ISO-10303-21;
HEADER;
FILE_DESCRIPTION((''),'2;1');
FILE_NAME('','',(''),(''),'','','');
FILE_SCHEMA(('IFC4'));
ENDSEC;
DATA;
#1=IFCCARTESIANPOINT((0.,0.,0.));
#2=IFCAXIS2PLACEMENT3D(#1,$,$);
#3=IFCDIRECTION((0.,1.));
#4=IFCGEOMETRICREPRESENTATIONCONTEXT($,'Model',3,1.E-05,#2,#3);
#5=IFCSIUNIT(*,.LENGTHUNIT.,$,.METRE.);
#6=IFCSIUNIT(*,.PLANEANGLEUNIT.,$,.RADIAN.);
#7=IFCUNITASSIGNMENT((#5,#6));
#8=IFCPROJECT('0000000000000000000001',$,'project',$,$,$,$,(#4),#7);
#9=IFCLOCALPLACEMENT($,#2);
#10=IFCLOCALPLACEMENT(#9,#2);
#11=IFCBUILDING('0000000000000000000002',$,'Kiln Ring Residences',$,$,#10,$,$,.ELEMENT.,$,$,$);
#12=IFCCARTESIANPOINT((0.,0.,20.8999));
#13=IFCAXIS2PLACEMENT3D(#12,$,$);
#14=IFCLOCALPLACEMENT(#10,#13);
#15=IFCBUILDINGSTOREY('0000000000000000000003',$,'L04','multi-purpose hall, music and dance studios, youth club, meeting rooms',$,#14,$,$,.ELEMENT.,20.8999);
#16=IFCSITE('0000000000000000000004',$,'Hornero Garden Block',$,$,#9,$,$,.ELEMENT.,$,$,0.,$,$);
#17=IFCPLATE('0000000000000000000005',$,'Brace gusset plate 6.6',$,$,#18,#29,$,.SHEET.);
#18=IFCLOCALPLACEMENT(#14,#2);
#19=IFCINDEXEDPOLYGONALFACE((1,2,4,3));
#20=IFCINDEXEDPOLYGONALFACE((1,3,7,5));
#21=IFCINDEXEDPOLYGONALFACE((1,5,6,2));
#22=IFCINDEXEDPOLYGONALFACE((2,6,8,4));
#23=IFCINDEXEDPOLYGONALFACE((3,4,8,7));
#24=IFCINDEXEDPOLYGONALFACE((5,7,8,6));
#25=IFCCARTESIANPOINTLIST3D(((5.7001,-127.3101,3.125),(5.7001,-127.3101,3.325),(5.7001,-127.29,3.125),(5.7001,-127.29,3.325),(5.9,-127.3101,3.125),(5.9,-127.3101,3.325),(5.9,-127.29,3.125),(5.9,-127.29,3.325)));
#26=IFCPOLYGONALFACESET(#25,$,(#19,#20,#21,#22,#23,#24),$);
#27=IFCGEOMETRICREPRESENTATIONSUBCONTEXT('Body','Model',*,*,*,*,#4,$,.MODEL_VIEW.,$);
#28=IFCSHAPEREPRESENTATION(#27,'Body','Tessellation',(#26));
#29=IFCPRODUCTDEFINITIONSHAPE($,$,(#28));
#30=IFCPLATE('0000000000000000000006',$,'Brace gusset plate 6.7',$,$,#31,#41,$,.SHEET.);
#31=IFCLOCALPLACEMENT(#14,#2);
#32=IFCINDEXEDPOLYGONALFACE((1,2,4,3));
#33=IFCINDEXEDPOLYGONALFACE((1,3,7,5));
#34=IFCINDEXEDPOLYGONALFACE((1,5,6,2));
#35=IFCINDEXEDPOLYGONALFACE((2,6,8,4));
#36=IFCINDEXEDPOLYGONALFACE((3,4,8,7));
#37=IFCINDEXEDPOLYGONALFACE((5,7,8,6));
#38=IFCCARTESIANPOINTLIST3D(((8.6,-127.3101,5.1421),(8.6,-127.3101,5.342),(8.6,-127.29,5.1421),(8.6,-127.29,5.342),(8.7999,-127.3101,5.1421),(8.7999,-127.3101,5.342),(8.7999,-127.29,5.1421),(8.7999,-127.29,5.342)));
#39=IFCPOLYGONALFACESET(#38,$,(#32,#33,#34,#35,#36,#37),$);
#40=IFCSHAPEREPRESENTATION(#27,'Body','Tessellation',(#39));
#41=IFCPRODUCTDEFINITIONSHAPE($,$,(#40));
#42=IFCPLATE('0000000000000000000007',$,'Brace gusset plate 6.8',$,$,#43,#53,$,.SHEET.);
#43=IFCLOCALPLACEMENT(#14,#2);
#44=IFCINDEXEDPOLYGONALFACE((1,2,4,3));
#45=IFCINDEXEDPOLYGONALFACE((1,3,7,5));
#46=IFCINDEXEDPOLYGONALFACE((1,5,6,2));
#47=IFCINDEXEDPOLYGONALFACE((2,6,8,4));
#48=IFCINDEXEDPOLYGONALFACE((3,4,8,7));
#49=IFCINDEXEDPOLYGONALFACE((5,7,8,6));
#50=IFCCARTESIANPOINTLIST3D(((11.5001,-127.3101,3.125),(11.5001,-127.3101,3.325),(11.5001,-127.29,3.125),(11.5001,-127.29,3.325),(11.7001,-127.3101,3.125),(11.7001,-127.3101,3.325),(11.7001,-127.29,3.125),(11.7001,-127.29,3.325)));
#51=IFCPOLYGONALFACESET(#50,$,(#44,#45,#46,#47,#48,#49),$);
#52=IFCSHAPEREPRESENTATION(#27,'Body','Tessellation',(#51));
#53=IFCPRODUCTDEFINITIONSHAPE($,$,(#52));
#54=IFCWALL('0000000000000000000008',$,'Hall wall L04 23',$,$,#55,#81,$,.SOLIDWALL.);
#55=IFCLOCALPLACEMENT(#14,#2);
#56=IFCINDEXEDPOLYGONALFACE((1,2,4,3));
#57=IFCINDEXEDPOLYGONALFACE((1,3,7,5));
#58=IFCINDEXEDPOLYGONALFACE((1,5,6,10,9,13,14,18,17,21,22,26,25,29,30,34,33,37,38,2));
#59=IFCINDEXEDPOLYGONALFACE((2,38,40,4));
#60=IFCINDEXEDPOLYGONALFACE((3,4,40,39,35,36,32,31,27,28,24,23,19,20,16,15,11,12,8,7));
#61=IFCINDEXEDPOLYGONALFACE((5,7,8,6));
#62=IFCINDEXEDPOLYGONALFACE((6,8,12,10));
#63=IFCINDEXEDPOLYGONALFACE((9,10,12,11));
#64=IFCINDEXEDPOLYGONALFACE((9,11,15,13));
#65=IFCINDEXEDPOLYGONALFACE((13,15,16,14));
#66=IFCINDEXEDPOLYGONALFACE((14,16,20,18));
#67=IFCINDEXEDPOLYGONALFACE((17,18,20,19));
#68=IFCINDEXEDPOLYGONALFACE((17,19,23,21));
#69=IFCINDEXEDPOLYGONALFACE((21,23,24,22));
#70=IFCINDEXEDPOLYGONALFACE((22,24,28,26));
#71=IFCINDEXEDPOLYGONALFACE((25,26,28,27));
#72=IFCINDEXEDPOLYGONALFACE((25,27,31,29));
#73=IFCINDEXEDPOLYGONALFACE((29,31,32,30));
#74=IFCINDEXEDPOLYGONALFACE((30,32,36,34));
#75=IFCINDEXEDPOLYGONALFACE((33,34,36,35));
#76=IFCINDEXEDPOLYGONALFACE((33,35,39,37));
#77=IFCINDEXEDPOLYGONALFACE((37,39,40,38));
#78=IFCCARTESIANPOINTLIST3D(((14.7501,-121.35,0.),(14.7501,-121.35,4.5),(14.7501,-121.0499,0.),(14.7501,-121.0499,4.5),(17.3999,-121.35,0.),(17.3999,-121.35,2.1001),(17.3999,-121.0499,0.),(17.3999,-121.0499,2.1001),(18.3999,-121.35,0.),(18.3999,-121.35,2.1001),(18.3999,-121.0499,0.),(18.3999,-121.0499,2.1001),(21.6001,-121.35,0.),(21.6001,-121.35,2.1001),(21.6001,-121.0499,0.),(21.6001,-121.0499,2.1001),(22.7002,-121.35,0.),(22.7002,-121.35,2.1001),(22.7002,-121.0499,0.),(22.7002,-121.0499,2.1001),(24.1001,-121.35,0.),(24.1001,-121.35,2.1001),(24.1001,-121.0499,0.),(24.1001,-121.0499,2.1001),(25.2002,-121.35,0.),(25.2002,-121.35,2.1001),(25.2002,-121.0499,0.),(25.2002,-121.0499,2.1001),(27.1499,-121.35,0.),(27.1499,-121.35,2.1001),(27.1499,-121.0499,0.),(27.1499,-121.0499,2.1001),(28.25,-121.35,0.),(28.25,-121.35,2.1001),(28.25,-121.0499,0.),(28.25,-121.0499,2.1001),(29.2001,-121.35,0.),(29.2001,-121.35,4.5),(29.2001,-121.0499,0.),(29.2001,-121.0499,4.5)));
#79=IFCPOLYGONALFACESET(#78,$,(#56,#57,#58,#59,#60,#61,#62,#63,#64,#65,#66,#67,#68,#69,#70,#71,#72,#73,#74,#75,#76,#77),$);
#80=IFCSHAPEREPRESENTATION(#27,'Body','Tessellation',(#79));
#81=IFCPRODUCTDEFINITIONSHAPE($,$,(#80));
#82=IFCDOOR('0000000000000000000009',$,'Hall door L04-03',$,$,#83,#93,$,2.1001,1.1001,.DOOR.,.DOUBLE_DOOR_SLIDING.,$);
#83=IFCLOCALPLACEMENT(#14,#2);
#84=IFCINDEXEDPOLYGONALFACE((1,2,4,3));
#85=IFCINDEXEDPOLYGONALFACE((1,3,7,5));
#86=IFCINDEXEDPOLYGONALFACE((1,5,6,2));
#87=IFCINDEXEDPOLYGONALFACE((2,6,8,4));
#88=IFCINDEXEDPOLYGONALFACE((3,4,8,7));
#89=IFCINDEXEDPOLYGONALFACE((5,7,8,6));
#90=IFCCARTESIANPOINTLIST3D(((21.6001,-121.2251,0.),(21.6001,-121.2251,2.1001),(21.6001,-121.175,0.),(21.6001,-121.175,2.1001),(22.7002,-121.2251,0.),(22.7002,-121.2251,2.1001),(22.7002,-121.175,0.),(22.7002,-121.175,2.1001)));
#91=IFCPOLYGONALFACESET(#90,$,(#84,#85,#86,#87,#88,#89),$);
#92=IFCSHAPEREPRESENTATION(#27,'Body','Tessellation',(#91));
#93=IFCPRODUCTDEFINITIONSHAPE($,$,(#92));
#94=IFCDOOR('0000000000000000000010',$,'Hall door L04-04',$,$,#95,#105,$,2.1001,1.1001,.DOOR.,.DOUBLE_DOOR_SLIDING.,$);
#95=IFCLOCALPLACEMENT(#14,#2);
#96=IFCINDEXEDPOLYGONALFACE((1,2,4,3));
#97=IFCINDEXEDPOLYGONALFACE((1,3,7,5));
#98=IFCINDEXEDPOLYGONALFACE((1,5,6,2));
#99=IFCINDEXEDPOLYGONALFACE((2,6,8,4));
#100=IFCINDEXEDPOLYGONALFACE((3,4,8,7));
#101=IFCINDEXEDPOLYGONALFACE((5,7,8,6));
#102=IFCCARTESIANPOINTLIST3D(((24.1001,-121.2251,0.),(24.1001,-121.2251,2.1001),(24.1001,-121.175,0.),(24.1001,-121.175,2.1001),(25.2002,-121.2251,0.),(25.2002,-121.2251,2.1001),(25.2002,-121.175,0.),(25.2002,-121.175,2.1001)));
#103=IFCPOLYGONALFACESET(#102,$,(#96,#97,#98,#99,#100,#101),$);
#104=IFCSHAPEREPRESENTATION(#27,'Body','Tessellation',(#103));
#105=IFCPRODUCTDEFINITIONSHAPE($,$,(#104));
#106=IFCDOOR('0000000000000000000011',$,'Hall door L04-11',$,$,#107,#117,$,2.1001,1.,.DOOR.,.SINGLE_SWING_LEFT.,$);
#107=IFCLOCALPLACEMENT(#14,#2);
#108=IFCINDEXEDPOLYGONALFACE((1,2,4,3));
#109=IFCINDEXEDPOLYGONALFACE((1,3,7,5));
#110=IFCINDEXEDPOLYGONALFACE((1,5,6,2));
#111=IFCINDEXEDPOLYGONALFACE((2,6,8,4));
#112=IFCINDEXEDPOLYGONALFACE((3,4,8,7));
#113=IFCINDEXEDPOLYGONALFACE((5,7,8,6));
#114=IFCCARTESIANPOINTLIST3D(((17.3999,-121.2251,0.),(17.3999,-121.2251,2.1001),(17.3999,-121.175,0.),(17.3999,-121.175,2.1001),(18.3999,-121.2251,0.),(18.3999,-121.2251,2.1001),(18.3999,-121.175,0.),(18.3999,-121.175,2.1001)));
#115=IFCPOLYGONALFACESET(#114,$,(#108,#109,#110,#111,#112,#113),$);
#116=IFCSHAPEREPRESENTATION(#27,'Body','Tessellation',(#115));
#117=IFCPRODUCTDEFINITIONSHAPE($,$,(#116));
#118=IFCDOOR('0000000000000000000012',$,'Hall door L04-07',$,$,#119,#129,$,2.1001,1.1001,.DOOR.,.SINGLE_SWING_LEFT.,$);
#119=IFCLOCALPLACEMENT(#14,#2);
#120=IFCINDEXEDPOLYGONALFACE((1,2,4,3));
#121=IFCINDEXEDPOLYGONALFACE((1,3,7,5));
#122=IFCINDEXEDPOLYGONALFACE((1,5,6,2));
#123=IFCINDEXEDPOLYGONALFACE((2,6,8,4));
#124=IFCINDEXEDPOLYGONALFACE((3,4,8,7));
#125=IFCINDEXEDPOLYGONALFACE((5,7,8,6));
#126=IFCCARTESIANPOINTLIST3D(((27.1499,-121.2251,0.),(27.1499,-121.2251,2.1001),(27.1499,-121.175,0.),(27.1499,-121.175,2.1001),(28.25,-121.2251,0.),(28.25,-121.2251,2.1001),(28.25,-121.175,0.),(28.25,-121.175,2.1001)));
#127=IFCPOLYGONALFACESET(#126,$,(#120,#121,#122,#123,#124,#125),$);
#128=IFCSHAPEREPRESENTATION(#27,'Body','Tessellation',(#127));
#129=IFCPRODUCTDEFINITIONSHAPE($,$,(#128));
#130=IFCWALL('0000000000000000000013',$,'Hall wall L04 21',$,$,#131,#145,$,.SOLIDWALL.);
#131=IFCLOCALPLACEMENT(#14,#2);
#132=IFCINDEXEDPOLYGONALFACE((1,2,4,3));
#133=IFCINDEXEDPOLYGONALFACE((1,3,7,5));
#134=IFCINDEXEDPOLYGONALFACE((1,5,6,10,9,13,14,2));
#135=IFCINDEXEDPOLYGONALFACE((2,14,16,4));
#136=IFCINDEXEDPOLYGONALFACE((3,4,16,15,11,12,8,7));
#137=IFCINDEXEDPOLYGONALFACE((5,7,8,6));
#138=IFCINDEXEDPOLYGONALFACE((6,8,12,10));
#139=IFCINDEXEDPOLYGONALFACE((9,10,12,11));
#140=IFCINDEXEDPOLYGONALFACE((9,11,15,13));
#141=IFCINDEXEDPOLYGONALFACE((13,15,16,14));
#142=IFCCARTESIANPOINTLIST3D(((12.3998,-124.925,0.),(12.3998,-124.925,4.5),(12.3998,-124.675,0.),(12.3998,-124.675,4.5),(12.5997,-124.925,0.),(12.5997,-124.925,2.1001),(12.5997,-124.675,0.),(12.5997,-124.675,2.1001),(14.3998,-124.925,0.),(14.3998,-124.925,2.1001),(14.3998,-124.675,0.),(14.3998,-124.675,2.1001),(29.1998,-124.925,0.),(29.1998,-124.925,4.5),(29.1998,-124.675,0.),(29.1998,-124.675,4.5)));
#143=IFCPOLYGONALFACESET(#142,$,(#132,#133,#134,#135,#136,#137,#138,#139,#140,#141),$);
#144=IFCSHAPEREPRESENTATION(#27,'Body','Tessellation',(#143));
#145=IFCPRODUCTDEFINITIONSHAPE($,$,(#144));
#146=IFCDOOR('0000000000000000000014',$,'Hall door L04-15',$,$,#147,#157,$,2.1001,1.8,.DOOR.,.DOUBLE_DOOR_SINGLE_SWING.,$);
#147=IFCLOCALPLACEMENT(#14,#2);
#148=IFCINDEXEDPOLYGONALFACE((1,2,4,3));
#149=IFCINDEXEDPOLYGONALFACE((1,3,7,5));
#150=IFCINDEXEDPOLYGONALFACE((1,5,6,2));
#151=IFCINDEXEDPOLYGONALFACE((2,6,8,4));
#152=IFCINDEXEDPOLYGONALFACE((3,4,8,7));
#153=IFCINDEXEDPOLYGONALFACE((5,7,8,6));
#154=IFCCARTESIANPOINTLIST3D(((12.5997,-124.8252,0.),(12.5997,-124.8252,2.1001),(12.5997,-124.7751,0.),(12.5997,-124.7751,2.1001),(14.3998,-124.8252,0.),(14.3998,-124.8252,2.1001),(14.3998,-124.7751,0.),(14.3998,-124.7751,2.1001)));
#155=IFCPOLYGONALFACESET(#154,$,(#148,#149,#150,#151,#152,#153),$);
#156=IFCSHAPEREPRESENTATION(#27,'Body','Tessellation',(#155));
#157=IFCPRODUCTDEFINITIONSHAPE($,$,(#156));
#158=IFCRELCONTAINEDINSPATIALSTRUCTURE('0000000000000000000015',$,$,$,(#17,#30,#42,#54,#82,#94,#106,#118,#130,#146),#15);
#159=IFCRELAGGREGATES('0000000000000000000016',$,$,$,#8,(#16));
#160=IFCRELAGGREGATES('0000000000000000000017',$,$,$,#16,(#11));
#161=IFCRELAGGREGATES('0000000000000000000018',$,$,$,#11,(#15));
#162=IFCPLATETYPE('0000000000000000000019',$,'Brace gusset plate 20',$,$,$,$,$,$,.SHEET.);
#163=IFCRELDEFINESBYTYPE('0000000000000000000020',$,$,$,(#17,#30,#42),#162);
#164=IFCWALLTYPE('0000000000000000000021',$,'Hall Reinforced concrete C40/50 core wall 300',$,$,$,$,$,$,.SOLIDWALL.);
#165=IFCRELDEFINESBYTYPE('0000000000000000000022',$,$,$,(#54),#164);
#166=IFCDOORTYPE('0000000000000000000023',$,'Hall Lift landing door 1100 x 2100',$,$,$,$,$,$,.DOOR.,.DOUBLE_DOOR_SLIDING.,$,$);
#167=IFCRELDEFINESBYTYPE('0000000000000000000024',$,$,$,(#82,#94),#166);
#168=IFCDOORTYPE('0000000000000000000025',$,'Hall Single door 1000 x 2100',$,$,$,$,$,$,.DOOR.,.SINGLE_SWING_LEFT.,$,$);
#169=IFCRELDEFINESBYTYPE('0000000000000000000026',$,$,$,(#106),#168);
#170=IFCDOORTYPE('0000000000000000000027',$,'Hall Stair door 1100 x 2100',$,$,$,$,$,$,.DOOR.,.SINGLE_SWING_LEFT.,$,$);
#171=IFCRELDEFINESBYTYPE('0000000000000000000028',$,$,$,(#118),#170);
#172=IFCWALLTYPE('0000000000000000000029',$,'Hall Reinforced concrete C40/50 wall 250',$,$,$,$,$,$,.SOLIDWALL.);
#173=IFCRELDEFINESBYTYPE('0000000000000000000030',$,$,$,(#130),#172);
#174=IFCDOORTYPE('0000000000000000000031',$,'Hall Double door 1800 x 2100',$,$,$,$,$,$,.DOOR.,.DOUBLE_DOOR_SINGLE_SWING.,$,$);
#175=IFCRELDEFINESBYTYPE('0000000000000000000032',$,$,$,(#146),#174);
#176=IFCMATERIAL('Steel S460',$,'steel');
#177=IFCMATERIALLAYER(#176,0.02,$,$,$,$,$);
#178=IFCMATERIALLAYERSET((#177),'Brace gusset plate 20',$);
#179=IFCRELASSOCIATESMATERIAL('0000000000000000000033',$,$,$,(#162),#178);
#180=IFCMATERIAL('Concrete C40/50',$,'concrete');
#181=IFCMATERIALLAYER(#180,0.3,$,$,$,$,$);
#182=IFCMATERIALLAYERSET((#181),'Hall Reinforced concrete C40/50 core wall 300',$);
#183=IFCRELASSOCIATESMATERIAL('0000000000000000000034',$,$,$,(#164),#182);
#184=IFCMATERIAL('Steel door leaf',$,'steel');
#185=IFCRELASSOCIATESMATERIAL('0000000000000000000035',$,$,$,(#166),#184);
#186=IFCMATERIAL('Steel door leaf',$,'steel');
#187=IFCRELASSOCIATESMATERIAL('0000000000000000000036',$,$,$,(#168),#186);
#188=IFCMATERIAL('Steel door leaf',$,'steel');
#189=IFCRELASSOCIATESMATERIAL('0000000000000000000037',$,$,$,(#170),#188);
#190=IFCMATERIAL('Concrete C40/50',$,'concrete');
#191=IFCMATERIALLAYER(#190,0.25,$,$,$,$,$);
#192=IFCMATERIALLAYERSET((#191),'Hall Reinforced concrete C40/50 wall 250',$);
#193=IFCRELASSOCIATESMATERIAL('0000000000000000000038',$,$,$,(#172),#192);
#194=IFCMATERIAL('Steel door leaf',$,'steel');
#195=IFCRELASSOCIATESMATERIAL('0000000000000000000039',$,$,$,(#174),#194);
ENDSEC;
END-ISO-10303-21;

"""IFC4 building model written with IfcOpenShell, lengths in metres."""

from ifc_helpers import new_model, si_unit, direction, frame, frame_2d, origin, origin_2d, place, context, subcontext, project, spatial, rectangle, extrude, material, layer, layer_set, type_object, element, fill, save


model = new_model("IFC4")

# Units and contexts
model_context = context("Model", 3, precision=1e-05, world=origin(), true_north=direction((0.0, 1.0)))
body_context = subcontext(model_context, "Body", "Model", "MODEL_VIEW")
ifc_project = project(units=[si_unit("LENGTHUNIT", "METRE"), si_unit("PLANEANGLEUNIT", "RADIAN")], contexts=[model_context])

# Site, building, storey
site_placement = place(None, origin())
site = spatial("IfcSite", under=ifc_project, at=site_placement, Name="Hornero Garden Block", CompositionType="ELEMENT", RefElevation=0.0)
building_placement = place(site_placement, origin())
building = spatial("IfcBuilding", under=site, at=building_placement, Name="Kiln Ring Residences", CompositionType="ELEMENT")
storey_placement = place(building_placement, frame((0.0, 0.0, 20.8999)))
storey = spatial("IfcBuildingStorey", under=building, at=storey_placement, Name="L04", Description="multi-purpose hall, music and dance studios, youth club, meeting rooms", CompositionType="ELEMENT", Elevation=20.8999)

# Plates
ifc_material_1 = material(Name="Steel S460", Category="steel")
ifc_layer_1 = layer(ifc_material_1, 0.02)
ifc_layer_set_1 = layer_set([ifc_layer_1], Name="Brace gusset plate 20")
plate_type = type_object("IfcPlateType", Name="Brace gusset plate 20", PredefinedType="SHEET", material=ifc_layer_set_1)
for number, where, z_axis, x_axis, name in (
    (1, (5.8, -127.3, 3.125), (0.0, 0.0, 1.0), (1.0, 0.0, 0.0), "Brace gusset plate 6.6"),
    (2, (8.7, -127.3, 5.1421), (0.0, 0.0, 1.0), (1.0, 0.0, 0.0), "Brace gusset plate 6.7"),
    (3, (11.6001, -127.3, 3.125), (0.0, 0.0, 1.0), (1.0, 0.0, 0.0), "Brace gusset plate 6.8"),
):
    element("IfcPlate", number, at=place(storey_placement, frame(where, z_axis=z_axis, x_axis=x_axis)), inside=storey, type_object=plate_type, Name=name, PredefinedType="SHEET", context=body_context, shape_type="SweptSolid", body=[
        extrude(rectangle(XDim=0.2, YDim=0.02, at=origin_2d()), origin(), (0.0, 0.0, 1.0), 0.2),
    ])

# Wall, openings, doors
ifc_material_2 = material(Name="Concrete C40/50", Category="concrete")
ifc_layer_2 = layer(ifc_material_2, 0.3)
ifc_layer_set_2 = layer_set([ifc_layer_2], Name="Hall Reinforced concrete C40/50 core wall 300")
wall_type_1 = type_object("IfcWallType", Name="Hall Reinforced concrete C40/50 core wall 300", PredefinedType="SOLIDWALL", material=ifc_layer_set_2)
wall_1_placement = place(storey_placement, frame((14.75, -121.2, 0.0), z_axis=(0.0, 0.0, 1.0), x_axis=(1.0, 0.0, 0.0)))
wall_1 = element("IfcWall", 4, at=wall_1_placement, inside=storey, type_object=wall_type_1, Name="Hall wall L04 23", PredefinedType="SOLIDWALL", context=body_context, shape_type="SweptSolid", body=[
    extrude(rectangle(XDim=14.45, YDim=0.3, at=frame_2d((7.2251, 0.0))), origin(), (0.0, 0.0, 1.0), 4.5),
])
opening_1_placement = place(wall_1_placement, frame((6.8501, 0.0, 0.0)))
opening_1 = element("IfcOpeningElement", 5, at=opening_1_placement, cuts=wall_1, PredefinedType="OPENING", context=body_context, shape_type="SweptSolid", body=[
    extrude(rectangle(XDim=1.1001, YDim=2.1001, at=frame_2d((0.55, 1.05))), frame((0.0, 0.1599, 0.0), z_axis=(0.0, -1.0, 0.0), x_axis=(1.0, 0.0, 0.0)), (0.0, 0.0, 1.0), 0.3201),
])
opening_2_placement = place(wall_1_placement, frame((9.3501, 0.0, 0.0)))
opening_2 = element("IfcOpeningElement", 6, at=opening_2_placement, cuts=wall_1, PredefinedType="OPENING", context=body_context, shape_type="SweptSolid", body=[
    extrude(rectangle(XDim=1.1001, YDim=2.1001, at=frame_2d((0.55, 1.05))), frame((0.0, 0.1599, 0.0), z_axis=(0.0, -1.0, 0.0), x_axis=(1.0, 0.0, 0.0)), (0.0, 0.0, 1.0), 0.3201),
])
opening_3_placement = place(wall_1_placement, frame((12.3999, 0.0, 0.0)))
opening_3 = element("IfcOpeningElement", 7, at=opening_3_placement, cuts=wall_1, PredefinedType="OPENING", context=body_context, shape_type="SweptSolid", body=[
    extrude(rectangle(XDim=1.1001, YDim=2.1001, at=frame_2d((0.55, 1.05))), frame((0.0, 0.1599, 0.0), z_axis=(0.0, -1.0, 0.0), x_axis=(1.0, 0.0, 0.0)), (0.0, 0.0, 1.0), 0.3201),
])
opening_4_placement = place(wall_1_placement, frame((2.6499, 0.0, 0.0)))
opening_4 = element("IfcOpeningElement", 8, at=opening_4_placement, cuts=wall_1, PredefinedType="OPENING", context=body_context, shape_type="SweptSolid", body=[
    extrude(rectangle(XDim=1.0, YDim=2.1001, at=frame_2d((0.5, 1.05))), frame((0.0, 0.1599, 0.0), z_axis=(0.0, -1.0, 0.0), x_axis=(1.0, 0.0, 0.0)), (0.0, 0.0, 1.0), 0.3201),
])
ifc_material_3 = material(Name="Steel door leaf", Category="steel")
door_type_1 = type_object("IfcDoorType", Name="Hall Lift landing door 1100 x 2100", OperationType="DOUBLE_DOOR_SLIDING", PredefinedType="DOOR", material=ifc_material_3)
door_1_placement = place(opening_1_placement, origin())
door_1 = element("IfcDoor", 9, at=door_1_placement, inside=storey, type_object=door_type_1, Name="Hall door L04-03", OperationType="DOUBLE_DOOR_SLIDING", OverallHeight=2.1001, OverallWidth=1.1001, PredefinedType="DOOR", context=body_context, shape_type="SweptSolid", body=[
    extrude(rectangle(XDim=1.1001, YDim=2.1001, at=frame_2d((0.55, 1.05))), frame((0.0, 0.0249, 0.0), z_axis=(0.0, -1.0, 0.0), x_axis=(1.0, 0.0, 0.0)), (0.0, 0.0, 1.0), 0.05),
])
fill(opening_1, door_1)
door_2_placement = place(opening_2_placement, origin())
door_2 = element("IfcDoor", 10, at=door_2_placement, inside=storey, type_object=door_type_1, Name="Hall door L04-04", OperationType="DOUBLE_DOOR_SLIDING", OverallHeight=2.1001, OverallWidth=1.1001, PredefinedType="DOOR", context=body_context, shape_type="SweptSolid", body=[
    extrude(rectangle(XDim=1.1001, YDim=2.1001, at=frame_2d((0.55, 1.05))), frame((0.0, 0.0249, 0.0), z_axis=(0.0, -1.0, 0.0), x_axis=(1.0, 0.0, 0.0)), (0.0, 0.0, 1.0), 0.05),
])
fill(opening_2, door_2)
ifc_material_4 = material(Name="Steel door leaf", Category="steel")
door_type_2 = type_object("IfcDoorType", Name="Hall Single door 1000 x 2100", OperationType="SINGLE_SWING_LEFT", PredefinedType="DOOR", material=ifc_material_4)
door_3_placement = place(opening_4_placement, origin())
door_3 = element("IfcDoor", 11, at=door_3_placement, inside=storey, type_object=door_type_2, Name="Hall door L04-11", OperationType="SINGLE_SWING_LEFT", OverallHeight=2.1001, OverallWidth=1.0, PredefinedType="DOOR", context=body_context, shape_type="SweptSolid", body=[
    extrude(rectangle(XDim=1.0, YDim=2.1001, at=frame_2d((0.5, 1.05))), frame((0.0, 0.0249, 0.0), z_axis=(0.0, -1.0, 0.0), x_axis=(1.0, 0.0, 0.0)), (0.0, 0.0, 1.0), 0.05),
])
fill(opening_4, door_3)
ifc_material_5 = material(Name="Steel door leaf", Category="steel")
door_type_3 = type_object("IfcDoorType", Name="Hall Stair door 1100 x 2100", OperationType="SINGLE_SWING_LEFT", PredefinedType="DOOR", material=ifc_material_5)
door_4_placement = place(opening_3_placement, origin())
door_4 = element("IfcDoor", 12, at=door_4_placement, inside=storey, type_object=door_type_3, Name="Hall door L04-07", OperationType="SINGLE_SWING_LEFT", OverallHeight=2.1001, OverallWidth=1.1001, PredefinedType="DOOR", context=body_context, shape_type="SweptSolid", body=[
    extrude(rectangle(XDim=1.1001, YDim=2.1001, at=frame_2d((0.55, 1.05))), frame((0.0, 0.0249, 0.0), z_axis=(0.0, -1.0, 0.0), x_axis=(1.0, 0.0, 0.0)), (0.0, 0.0, 1.0), 0.05),
])
fill(opening_3, door_4)

# Wall, opening, door
ifc_material_6 = material(Name="Concrete C40/50", Category="concrete")
ifc_layer_3 = layer(ifc_material_6, 0.25)
ifc_layer_set_3 = layer_set([ifc_layer_3], Name="Hall Reinforced concrete C40/50 wall 250")
wall_type_2 = type_object("IfcWallType", Name="Hall Reinforced concrete C40/50 wall 250", PredefinedType="SOLIDWALL", material=ifc_layer_set_3)
wall_2_placement = place(storey_placement, frame((12.3999, -124.8, 0.0), z_axis=(0.0, 0.0, 1.0), x_axis=(1.0, 0.0, 0.0)))
wall_2 = element("IfcWall", 13, at=wall_2_placement, inside=storey, type_object=wall_type_2, Name="Hall wall L04 21", PredefinedType="SOLIDWALL", context=body_context, shape_type="SweptSolid", body=[
    extrude(rectangle(XDim=16.8, YDim=0.25, at=frame_2d((8.3999, 0.0))), origin(), (0.0, 0.0, 1.0), 4.5),
])
opening_5_placement = place(wall_2_placement, frame((0.2, 0.0, 0.0)))
opening_5 = element("IfcOpeningElement", 14, at=opening_5_placement, cuts=wall_2, PredefinedType="OPENING", context=body_context, shape_type="SweptSolid", body=[
    extrude(rectangle(XDim=1.8, YDim=2.1001, at=frame_2d((0.8999, 1.05))), frame((0.0, 0.135, 0.0), z_axis=(0.0, -1.0, 0.0), x_axis=(1.0, 0.0, 0.0)), (0.0, 0.0, 1.0), 0.27),
])
ifc_material_7 = material(Name="Steel door leaf", Category="steel")
door_type_4 = type_object("IfcDoorType", Name="Hall Double door 1800 x 2100", OperationType="DOUBLE_DOOR_SINGLE_SWING", PredefinedType="DOOR", material=ifc_material_7)
door_5_placement = place(opening_5_placement, origin())
door_5 = element("IfcDoor", 15, at=door_5_placement, inside=storey, type_object=door_type_4, Name="Hall door L04-15", OperationType="DOUBLE_DOOR_SINGLE_SWING", OverallHeight=2.1001, OverallWidth=1.8, PredefinedType="DOOR", context=body_context, shape_type="SweptSolid", body=[
    extrude(rectangle(XDim=1.8, YDim=2.1001, at=frame_2d((0.8999, 1.05))), frame((0.0, 0.0249, 0.0), z_axis=(0.0, -1.0, 0.0), x_axis=(1.0, 0.0, 0.0)), (0.0, 0.0, 1.0), 0.05),
])
fill(opening_5, door_5)

save(model, "model.ifc")
